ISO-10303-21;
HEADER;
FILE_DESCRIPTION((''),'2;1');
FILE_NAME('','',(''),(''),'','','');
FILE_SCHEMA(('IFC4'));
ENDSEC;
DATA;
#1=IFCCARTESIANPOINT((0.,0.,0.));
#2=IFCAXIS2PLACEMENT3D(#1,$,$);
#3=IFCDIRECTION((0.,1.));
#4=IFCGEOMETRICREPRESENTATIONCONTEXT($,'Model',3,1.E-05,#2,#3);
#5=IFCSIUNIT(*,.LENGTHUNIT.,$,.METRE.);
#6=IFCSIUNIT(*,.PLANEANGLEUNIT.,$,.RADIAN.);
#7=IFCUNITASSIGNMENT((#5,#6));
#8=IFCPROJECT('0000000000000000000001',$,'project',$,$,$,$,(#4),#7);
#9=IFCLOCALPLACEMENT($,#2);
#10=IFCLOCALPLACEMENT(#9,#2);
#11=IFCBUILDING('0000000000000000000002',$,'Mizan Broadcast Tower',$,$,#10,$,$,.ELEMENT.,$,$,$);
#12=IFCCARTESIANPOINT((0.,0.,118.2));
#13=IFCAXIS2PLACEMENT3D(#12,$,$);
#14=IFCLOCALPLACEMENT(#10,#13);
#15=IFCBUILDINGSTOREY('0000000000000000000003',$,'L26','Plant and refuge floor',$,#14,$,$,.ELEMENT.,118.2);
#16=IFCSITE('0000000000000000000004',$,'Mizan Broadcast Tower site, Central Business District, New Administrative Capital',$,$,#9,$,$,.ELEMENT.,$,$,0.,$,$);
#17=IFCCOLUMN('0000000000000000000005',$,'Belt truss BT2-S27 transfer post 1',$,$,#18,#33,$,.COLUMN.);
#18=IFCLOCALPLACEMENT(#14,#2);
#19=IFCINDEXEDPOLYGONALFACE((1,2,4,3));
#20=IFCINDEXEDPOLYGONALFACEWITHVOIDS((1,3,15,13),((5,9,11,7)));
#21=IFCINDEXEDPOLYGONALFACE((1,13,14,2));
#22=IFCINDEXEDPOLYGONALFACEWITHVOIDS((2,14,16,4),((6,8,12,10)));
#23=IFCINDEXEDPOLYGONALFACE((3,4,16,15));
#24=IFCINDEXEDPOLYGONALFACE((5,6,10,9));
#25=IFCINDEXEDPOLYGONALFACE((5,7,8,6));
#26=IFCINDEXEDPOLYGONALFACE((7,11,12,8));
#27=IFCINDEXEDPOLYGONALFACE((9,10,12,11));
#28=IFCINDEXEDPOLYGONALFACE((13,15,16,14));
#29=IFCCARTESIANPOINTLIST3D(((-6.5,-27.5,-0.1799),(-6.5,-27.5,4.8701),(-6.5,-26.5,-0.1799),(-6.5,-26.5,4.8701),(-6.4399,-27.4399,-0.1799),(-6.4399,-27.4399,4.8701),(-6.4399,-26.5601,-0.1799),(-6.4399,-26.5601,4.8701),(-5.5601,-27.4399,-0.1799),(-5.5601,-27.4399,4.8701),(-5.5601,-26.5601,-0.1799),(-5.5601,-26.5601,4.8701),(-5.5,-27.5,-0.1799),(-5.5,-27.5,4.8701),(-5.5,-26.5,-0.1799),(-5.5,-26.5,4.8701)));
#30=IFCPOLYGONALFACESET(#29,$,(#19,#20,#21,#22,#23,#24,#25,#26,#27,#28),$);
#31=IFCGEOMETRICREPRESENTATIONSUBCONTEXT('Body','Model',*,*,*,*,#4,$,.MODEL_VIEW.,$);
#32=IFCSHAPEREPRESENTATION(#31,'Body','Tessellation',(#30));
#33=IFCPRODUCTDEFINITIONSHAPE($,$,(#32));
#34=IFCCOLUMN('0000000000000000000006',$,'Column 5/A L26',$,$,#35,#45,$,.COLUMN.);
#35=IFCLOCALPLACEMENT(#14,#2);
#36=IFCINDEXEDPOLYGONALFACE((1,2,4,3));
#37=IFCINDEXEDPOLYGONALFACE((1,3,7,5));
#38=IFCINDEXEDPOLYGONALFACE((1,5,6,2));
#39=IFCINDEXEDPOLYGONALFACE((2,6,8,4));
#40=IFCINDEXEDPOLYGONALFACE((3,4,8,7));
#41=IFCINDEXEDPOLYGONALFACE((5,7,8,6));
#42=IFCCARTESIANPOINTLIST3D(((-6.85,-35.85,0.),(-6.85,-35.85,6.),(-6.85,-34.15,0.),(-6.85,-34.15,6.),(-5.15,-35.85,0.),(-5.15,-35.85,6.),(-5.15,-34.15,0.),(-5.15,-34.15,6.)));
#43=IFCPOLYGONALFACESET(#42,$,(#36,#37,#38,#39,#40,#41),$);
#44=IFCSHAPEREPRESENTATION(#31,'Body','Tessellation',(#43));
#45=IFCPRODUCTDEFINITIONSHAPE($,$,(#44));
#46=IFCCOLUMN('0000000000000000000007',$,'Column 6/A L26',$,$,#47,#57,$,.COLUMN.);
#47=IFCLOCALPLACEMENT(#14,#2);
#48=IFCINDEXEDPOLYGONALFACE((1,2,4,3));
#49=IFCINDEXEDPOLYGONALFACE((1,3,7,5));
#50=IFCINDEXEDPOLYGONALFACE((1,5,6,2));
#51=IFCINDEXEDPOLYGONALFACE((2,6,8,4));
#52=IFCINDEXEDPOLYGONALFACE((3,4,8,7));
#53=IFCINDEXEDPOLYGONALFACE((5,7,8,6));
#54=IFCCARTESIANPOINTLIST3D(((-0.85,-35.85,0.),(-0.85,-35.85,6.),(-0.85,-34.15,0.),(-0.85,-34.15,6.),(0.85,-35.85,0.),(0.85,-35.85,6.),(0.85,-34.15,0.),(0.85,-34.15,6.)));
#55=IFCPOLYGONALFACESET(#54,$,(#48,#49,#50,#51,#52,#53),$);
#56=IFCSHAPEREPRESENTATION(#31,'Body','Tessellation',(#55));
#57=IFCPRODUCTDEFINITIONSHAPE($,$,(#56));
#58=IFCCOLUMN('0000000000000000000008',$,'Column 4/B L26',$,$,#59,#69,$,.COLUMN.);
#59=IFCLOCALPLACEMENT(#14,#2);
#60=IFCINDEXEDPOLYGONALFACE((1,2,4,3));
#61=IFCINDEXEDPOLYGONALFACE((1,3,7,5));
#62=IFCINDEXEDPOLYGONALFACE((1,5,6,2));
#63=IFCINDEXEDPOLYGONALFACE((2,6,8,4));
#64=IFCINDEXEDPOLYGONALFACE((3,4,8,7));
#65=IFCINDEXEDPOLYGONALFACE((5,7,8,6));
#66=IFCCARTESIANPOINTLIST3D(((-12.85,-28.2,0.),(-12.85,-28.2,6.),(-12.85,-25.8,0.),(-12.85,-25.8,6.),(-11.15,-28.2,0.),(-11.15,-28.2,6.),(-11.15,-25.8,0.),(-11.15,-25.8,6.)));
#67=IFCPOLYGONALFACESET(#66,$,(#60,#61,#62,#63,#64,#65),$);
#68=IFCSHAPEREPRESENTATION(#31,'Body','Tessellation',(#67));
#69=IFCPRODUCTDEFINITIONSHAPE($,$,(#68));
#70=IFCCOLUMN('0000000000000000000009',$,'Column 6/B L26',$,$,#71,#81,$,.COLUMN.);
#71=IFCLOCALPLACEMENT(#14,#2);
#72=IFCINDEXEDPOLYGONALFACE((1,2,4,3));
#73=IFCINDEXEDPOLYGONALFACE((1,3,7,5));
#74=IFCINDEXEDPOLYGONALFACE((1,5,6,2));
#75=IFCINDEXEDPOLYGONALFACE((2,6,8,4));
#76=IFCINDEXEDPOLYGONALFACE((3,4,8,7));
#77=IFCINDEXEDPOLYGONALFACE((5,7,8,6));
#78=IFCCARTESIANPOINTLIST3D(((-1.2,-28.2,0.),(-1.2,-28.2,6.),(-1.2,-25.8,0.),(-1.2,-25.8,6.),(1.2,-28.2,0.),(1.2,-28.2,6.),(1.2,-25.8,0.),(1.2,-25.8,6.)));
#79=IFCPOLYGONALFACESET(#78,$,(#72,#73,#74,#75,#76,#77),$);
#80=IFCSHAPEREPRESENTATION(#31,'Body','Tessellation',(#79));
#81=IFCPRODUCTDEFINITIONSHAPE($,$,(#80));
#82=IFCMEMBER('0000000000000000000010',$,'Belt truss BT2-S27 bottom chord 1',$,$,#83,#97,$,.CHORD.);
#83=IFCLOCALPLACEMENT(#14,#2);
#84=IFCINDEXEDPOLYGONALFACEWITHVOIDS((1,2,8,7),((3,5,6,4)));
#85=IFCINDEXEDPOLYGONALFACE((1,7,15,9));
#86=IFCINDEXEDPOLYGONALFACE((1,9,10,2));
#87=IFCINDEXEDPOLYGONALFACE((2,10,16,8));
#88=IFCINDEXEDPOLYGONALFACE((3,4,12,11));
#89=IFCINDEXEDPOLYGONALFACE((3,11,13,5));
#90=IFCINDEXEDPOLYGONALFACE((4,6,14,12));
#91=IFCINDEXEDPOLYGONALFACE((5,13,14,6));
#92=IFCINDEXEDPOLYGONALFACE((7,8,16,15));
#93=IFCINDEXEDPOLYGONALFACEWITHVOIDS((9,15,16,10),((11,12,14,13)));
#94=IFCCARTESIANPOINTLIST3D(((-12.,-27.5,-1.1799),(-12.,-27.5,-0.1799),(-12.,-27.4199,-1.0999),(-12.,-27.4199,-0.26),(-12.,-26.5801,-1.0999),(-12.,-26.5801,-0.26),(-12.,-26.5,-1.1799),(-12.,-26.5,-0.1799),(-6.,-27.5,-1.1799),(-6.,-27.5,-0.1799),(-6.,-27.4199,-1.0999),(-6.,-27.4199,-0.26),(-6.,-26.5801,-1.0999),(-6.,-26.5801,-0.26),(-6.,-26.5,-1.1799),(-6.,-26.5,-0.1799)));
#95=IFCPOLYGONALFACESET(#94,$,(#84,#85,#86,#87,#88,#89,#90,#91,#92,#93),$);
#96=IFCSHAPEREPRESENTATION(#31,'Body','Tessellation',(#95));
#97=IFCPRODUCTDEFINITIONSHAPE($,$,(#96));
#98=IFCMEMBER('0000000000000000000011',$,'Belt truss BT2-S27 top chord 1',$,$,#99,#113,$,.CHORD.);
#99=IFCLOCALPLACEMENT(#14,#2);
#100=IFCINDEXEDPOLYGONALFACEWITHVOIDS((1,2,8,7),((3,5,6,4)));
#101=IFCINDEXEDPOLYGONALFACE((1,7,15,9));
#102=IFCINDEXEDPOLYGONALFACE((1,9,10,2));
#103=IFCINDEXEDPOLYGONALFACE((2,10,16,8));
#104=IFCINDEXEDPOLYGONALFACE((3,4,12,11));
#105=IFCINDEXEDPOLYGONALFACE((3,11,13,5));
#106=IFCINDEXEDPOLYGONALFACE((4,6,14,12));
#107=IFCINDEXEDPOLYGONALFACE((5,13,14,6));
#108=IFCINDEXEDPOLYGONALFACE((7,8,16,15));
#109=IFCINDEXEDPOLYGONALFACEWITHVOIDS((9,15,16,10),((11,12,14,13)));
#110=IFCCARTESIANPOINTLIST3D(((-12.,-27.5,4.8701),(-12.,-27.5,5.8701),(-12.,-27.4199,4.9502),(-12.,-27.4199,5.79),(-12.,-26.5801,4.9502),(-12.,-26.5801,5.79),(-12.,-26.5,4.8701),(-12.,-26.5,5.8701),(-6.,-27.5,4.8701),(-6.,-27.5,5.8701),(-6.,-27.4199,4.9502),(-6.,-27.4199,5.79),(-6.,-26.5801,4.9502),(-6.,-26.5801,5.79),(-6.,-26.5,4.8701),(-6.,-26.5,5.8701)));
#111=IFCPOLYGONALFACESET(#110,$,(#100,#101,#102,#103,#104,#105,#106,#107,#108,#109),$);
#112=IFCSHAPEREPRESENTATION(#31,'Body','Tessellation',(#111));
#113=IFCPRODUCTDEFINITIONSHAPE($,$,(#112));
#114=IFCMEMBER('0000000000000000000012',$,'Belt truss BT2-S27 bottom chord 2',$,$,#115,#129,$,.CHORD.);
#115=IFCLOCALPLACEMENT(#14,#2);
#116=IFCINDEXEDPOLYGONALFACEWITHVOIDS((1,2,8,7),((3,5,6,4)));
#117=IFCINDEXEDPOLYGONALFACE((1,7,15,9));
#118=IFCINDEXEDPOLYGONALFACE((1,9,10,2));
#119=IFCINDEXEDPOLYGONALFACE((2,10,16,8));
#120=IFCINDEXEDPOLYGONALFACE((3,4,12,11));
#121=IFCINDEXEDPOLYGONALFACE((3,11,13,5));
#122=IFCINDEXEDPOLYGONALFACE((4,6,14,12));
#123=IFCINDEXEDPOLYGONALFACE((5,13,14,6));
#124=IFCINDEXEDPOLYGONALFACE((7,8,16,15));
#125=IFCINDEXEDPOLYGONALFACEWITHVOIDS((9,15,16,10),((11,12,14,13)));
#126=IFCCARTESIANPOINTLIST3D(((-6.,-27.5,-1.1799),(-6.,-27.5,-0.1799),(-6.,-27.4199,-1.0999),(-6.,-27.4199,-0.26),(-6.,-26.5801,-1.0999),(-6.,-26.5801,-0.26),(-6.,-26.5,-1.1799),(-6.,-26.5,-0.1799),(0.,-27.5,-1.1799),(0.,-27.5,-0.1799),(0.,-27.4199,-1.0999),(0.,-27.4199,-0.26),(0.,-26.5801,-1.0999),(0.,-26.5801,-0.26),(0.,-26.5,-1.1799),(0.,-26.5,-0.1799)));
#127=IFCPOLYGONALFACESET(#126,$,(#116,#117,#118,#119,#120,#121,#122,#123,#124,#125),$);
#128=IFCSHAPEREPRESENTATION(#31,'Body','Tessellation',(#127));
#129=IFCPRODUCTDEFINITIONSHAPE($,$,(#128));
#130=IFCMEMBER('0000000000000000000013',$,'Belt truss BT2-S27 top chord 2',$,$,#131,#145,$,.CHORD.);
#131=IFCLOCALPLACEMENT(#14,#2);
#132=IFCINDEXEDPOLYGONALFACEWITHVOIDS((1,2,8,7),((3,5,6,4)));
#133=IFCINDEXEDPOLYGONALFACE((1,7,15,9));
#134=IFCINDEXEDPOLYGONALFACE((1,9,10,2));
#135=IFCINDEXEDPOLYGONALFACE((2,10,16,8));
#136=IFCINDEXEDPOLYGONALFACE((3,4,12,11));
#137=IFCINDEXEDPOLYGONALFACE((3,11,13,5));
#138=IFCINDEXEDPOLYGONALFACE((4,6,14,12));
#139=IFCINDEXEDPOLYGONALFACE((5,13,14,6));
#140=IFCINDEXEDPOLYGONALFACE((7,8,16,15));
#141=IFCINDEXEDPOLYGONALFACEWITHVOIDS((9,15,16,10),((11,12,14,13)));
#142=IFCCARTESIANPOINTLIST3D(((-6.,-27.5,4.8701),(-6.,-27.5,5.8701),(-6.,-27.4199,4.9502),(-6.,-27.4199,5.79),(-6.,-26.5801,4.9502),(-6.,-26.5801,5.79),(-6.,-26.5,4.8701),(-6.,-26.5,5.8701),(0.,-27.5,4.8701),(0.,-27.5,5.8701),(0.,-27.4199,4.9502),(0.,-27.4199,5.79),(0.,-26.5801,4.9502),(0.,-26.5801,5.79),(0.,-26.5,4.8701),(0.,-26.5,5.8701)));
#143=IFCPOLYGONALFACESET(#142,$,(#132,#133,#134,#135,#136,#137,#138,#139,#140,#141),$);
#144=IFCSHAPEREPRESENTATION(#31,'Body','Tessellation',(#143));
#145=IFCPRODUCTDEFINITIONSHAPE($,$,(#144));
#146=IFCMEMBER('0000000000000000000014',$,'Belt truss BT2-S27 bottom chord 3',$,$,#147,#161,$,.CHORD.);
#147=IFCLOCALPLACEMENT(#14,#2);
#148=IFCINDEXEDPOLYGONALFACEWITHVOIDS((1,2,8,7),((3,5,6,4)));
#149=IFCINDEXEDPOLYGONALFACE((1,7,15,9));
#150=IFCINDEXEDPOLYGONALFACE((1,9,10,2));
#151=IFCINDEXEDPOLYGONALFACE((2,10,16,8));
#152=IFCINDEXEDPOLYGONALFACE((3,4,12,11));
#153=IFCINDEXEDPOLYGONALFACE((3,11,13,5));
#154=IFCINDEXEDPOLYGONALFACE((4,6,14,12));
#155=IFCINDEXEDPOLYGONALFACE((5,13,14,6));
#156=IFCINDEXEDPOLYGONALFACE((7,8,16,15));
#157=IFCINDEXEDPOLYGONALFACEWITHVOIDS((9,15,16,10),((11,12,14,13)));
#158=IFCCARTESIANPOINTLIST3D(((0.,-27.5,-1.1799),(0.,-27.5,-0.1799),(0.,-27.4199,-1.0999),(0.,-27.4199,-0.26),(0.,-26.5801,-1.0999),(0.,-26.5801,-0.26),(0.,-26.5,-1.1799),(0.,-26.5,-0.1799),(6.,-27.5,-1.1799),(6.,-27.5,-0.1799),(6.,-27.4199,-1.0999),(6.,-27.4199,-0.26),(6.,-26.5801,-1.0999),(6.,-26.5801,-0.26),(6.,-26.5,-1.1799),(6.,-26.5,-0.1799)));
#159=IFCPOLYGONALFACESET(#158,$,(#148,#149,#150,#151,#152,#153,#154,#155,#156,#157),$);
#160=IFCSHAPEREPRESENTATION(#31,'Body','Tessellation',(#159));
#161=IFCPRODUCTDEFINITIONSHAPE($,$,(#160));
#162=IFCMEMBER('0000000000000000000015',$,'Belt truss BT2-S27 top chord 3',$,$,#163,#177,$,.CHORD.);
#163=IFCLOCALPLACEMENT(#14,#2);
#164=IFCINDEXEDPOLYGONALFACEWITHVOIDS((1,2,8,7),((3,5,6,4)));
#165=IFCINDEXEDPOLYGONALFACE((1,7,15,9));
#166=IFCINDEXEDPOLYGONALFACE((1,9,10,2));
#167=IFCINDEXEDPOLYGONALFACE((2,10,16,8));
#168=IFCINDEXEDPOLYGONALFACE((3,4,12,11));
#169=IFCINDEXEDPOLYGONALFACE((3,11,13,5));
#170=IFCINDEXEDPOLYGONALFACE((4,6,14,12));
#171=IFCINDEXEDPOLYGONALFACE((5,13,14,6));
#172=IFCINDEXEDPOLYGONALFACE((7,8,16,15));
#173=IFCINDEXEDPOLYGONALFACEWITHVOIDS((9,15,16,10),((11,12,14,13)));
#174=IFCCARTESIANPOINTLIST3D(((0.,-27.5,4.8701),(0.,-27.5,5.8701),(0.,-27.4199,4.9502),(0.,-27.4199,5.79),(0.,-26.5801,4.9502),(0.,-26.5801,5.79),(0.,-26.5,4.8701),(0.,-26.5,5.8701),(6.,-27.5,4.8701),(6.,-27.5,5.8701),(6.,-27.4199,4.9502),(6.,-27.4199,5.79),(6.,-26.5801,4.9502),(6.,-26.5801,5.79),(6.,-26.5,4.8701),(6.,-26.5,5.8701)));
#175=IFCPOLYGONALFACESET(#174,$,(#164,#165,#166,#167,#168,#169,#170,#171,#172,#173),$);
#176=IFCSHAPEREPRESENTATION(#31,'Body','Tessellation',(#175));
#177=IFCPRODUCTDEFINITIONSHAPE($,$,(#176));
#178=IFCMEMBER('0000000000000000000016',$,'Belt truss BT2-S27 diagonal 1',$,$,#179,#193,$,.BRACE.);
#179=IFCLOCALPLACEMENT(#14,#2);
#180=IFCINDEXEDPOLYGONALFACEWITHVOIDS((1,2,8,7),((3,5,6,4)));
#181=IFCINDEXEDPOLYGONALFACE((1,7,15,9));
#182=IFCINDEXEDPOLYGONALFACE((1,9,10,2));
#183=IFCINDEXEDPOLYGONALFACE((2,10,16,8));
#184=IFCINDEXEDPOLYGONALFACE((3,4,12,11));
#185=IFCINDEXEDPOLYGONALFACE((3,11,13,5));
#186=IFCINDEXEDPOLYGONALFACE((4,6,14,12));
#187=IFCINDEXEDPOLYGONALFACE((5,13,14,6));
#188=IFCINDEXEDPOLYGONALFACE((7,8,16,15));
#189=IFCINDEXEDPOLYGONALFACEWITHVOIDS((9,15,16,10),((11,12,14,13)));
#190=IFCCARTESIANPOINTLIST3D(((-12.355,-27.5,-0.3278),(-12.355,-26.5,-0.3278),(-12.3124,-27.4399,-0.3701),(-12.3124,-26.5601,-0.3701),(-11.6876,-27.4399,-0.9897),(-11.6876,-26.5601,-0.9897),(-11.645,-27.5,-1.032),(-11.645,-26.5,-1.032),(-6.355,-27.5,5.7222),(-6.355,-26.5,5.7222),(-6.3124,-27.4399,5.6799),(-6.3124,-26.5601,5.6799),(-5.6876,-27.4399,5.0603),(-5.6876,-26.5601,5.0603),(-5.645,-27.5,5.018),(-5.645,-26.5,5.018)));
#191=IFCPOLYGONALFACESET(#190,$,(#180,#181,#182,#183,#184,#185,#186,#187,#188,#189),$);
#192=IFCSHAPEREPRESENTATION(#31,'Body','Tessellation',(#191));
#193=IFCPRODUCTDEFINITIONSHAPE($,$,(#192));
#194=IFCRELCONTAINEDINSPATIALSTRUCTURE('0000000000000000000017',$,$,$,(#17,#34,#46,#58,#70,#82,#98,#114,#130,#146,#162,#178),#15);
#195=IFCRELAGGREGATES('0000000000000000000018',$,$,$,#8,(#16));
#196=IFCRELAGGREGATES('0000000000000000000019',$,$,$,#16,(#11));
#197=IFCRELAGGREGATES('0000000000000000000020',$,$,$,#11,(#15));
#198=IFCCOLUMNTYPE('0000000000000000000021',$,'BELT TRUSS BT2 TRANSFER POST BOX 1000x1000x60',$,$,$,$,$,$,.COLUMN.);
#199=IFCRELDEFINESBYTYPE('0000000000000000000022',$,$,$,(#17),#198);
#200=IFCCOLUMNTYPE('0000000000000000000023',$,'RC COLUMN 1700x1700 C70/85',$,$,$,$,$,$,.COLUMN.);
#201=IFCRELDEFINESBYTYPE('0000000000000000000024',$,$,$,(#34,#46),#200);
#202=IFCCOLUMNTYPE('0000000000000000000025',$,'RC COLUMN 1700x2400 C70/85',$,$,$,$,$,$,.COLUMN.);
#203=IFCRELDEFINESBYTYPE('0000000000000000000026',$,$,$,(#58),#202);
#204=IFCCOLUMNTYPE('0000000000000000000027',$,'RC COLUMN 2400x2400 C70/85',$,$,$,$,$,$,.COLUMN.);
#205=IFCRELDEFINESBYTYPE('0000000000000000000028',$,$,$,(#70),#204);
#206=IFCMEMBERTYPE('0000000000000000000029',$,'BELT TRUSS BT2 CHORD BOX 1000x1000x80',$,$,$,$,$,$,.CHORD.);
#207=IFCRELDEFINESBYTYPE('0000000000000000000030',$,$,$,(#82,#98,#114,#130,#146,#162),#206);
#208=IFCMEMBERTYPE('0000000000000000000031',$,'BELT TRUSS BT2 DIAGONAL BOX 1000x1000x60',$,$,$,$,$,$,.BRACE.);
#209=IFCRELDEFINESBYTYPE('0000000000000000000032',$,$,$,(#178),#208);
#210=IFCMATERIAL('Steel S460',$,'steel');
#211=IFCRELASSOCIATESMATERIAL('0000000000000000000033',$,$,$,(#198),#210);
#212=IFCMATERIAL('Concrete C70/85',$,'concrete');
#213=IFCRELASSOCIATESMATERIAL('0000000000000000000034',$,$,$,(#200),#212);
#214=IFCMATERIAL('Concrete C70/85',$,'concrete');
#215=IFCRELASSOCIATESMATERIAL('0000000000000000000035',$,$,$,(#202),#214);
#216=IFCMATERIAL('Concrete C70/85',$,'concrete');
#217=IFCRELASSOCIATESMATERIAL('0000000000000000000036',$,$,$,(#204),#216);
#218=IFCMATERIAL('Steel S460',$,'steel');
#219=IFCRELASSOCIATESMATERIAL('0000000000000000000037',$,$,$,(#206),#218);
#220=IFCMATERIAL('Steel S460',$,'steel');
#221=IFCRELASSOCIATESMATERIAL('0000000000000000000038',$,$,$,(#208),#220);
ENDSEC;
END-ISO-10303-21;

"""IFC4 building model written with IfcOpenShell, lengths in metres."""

from ifc_helpers import new_model, si_unit, direction, frame, origin, origin_2d, place, context, subcontext, project, spatial, rectangle, hollow_rectangle, extrude, material, material_profile, profile_set, type_object, element, save


model = new_model("IFC4")

# Units and contexts
model_context = context("Model", 3, precision=1e-05, world=origin(), true_north=direction((0.0, 1.0)))
body_context = subcontext(model_context, "Body", "Model", "MODEL_VIEW")
ifc_project = project(units=[si_unit("LENGTHUNIT", "METRE"), si_unit("PLANEANGLEUNIT", "RADIAN")], contexts=[model_context])

# Site, building, storey
site_placement = place(None, origin())
site = spatial("IfcSite", under=ifc_project, at=site_placement, Name="Mizan Broadcast Tower site, Central Business District, New Administrative Capital", CompositionType="ELEMENT", RefElevation=0.0)
building_placement = place(site_placement, origin())
building = spatial("IfcBuilding", under=site, at=building_placement, Name="Mizan Broadcast Tower", CompositionType="ELEMENT")
storey_placement = place(building_placement, frame((0.0, 0.0, 118.2)))
storey = spatial("IfcBuildingStorey", under=building, at=storey_placement, Name="L26", Description="Plant and refuge floor", CompositionType="ELEMENT", Elevation=118.2)

# Columns
ifc_material_1 = material(Name="Steel S460", Category="steel")
ifc_material_profile_1 = material_profile(ifc_material_1, hollow_rectangle(XDim=1.0, YDim=1.0, WallThickness=0.0601, at=origin_2d()), Name="BOX 1000x1000x60")
ifc_profile_set_1 = profile_set([ifc_material_profile_1], Name="Steel S460")
column_type_1 = type_object("IfcColumnType", Name="BELT TRUSS BT2 TRANSFER POST BOX 1000x1000x60", PredefinedType="COLUMN", material=ifc_profile_set_1)
column_1_placement = place(storey_placement, frame((-6.0, -27.0, -0.1799), z_axis=(0.0, 0.0, 1.0), x_axis=(1.0, 0.0, 0.0)))
element("IfcColumn", 1, at=column_1_placement, inside=storey, type_object=column_type_1, Name="Belt truss BT2-S27 transfer post 1", PredefinedType="COLUMN", context=body_context, shape_type="SweptSolid", body=[
    extrude(hollow_rectangle(XDim=1.0, YDim=1.0, WallThickness=0.0601, at=origin_2d()), origin(), (0.0, 0.0, 1.0), 5.05),
])
ifc_material_2 = material(Name="Concrete C70/85", Category="concrete")
ifc_material_profile_2 = material_profile(ifc_material_2, rectangle(XDim=1.7, YDim=1.7, at=origin_2d()), Name="RC 1700x1700")
ifc_profile_set_2 = profile_set([ifc_material_profile_2], Name="Concrete C70/85")
column_type_2 = type_object("IfcColumnType", Name="RC COLUMN 1700x1700 C70/85", PredefinedType="COLUMN", material=ifc_profile_set_2)
for number, where, z_axis, x_axis, name in (
    (2, (-6.0, -35.0, 0.0), (0.0, 0.0, 1.0), (1.0, 0.0, 0.0), "Column 5/A L26"),
    (3, (0.0, -35.0, 0.0), (0.0, 0.0, 1.0), (1.0, 0.0, 0.0), "Column 6/A L26"),
):
    element("IfcColumn", number, at=place(storey_placement, frame(where, z_axis=z_axis, x_axis=x_axis)), inside=storey, type_object=column_type_2, Name=name, PredefinedType="COLUMN", context=body_context, shape_type="SweptSolid", body=[
        extrude(rectangle(XDim=1.7, YDim=1.7, at=origin_2d()), origin(), (0.0, 0.0, 1.0), 6.0),
    ])
ifc_material_3 = material(Name="Concrete C70/85", Category="concrete")
ifc_material_profile_3 = material_profile(ifc_material_3, rectangle(XDim=1.7, YDim=2.3999, at=origin_2d()), Name="RC 1700x2400")
ifc_profile_set_3 = profile_set([ifc_material_profile_3], Name="Concrete C70/85")
column_type_3 = type_object("IfcColumnType", Name="RC COLUMN 1700x2400 C70/85", PredefinedType="COLUMN", material=ifc_profile_set_3)
column_2_placement = place(storey_placement, frame((-12.0, -27.0, 0.0), z_axis=(0.0, 0.0, 1.0), x_axis=(1.0, 0.0, 0.0)))
element("IfcColumn", 4, at=column_2_placement, inside=storey, type_object=column_type_3, Name="Column 4/B L26", PredefinedType="COLUMN", context=body_context, shape_type="SweptSolid", body=[
    extrude(rectangle(XDim=1.7, YDim=2.3999, at=origin_2d()), origin(), (0.0, 0.0, 1.0), 6.0),
])
ifc_material_4 = material(Name="Concrete C70/85", Category="concrete")
ifc_material_profile_4 = material_profile(ifc_material_4, rectangle(XDim=2.3999, YDim=2.3999, at=origin_2d()), Name="RC 2400x2400")
ifc_profile_set_4 = profile_set([ifc_material_profile_4], Name="Concrete C70/85")
column_type_4 = type_object("IfcColumnType", Name="RC COLUMN 2400x2400 C70/85", PredefinedType="COLUMN", material=ifc_profile_set_4)
column_3_placement = place(storey_placement, frame((0.0, -27.0, 0.0), z_axis=(0.0, 0.0, 1.0), x_axis=(1.0, 0.0, 0.0)))
element("IfcColumn", 5, at=column_3_placement, inside=storey, type_object=column_type_4, Name="Column 6/B L26", PredefinedType="COLUMN", context=body_context, shape_type="SweptSolid", body=[
    extrude(rectangle(XDim=2.3999, YDim=2.3999, at=origin_2d()), origin(), (0.0, 0.0, 1.0), 6.0),
])

# Members
ifc_material_5 = material(Name="Steel S460", Category="steel")
ifc_material_profile_5 = material_profile(ifc_material_5, hollow_rectangle(XDim=1.0, YDim=1.0, WallThickness=0.0801, at=origin_2d()), Name="BOX 1000x1000x80")
ifc_profile_set_5 = profile_set([ifc_material_profile_5], Name="Steel S460")
member_type_1 = type_object("IfcMemberType", Name="BELT TRUSS BT2 CHORD BOX 1000x1000x80", PredefinedType="CHORD", material=ifc_profile_set_5)
for number, where, z_axis, x_axis, name in (
    (6, (-12.0, -27.0, -0.6799), (1.0, 0.0, 0.0), (0.0, 1.0, 0.0), "Belt truss BT2-S27 bottom chord 1"),
    (7, (-12.0, -27.0, 5.3701), (1.0, 0.0, 0.0), (0.0, 1.0, 0.0), "Belt truss BT2-S27 top chord 1"),
    (8, (-6.0, -27.0, -0.6799), (1.0, 0.0, 0.0), (0.0, 1.0, 0.0), "Belt truss BT2-S27 bottom chord 2"),
    (9, (-6.0, -27.0, 5.3701), (1.0, 0.0, 0.0), (0.0, 1.0, 0.0), "Belt truss BT2-S27 top chord 2"),
    (10, (0.0, -27.0, -0.6799), (1.0, 0.0, 0.0), (0.0, 1.0, 0.0), "Belt truss BT2-S27 bottom chord 3"),
    (11, (0.0, -27.0, 5.3701), (1.0, 0.0, 0.0), (0.0, 1.0, 0.0), "Belt truss BT2-S27 top chord 3"),
):
    element("IfcMember", number, at=place(storey_placement, frame(where, z_axis=z_axis, x_axis=x_axis)), inside=storey, type_object=member_type_1, Name=name, PredefinedType="CHORD", context=body_context, shape_type="SweptSolid", body=[
        extrude(hollow_rectangle(XDim=1.0, YDim=1.0, WallThickness=0.0801, at=origin_2d()), origin(), (0.0, 0.0, 1.0), 6.0),
    ])
ifc_material_6 = material(Name="Steel S460", Category="steel")
ifc_material_profile_6 = material_profile(ifc_material_6, hollow_rectangle(XDim=1.0, YDim=1.0, WallThickness=0.0601, at=origin_2d()), Name="BOX 1000x1000x60")
ifc_profile_set_6 = profile_set([ifc_material_profile_6], Name="Steel S460")
member_type_2 = type_object("IfcMemberType", Name="BELT TRUSS BT2 DIAGONAL BOX 1000x1000x60", PredefinedType="BRACE", material=ifc_profile_set_6)
for number, where, z_axis, x_axis, name in (
    (12, (-12.0, -27.0, -0.6799), (0.704164, 0.0, 0.710038), (0.0, 1.0, 0.0), "Belt truss BT2-S27 diagonal 1"),
):
    element("IfcMember", number, at=place(storey_placement, frame(where, z_axis=z_axis, x_axis=x_axis)), inside=storey, type_object=member_type_2, Name=name, PredefinedType="BRACE", context=body_context, shape_type="SweptSolid", body=[
        extrude(hollow_rectangle(XDim=1.0, YDim=1.0, WallThickness=0.0601, at=origin_2d()), origin(), (0.0, 0.0, 1.0), 8.5208),
    ])

save(model, "model.ifc")
